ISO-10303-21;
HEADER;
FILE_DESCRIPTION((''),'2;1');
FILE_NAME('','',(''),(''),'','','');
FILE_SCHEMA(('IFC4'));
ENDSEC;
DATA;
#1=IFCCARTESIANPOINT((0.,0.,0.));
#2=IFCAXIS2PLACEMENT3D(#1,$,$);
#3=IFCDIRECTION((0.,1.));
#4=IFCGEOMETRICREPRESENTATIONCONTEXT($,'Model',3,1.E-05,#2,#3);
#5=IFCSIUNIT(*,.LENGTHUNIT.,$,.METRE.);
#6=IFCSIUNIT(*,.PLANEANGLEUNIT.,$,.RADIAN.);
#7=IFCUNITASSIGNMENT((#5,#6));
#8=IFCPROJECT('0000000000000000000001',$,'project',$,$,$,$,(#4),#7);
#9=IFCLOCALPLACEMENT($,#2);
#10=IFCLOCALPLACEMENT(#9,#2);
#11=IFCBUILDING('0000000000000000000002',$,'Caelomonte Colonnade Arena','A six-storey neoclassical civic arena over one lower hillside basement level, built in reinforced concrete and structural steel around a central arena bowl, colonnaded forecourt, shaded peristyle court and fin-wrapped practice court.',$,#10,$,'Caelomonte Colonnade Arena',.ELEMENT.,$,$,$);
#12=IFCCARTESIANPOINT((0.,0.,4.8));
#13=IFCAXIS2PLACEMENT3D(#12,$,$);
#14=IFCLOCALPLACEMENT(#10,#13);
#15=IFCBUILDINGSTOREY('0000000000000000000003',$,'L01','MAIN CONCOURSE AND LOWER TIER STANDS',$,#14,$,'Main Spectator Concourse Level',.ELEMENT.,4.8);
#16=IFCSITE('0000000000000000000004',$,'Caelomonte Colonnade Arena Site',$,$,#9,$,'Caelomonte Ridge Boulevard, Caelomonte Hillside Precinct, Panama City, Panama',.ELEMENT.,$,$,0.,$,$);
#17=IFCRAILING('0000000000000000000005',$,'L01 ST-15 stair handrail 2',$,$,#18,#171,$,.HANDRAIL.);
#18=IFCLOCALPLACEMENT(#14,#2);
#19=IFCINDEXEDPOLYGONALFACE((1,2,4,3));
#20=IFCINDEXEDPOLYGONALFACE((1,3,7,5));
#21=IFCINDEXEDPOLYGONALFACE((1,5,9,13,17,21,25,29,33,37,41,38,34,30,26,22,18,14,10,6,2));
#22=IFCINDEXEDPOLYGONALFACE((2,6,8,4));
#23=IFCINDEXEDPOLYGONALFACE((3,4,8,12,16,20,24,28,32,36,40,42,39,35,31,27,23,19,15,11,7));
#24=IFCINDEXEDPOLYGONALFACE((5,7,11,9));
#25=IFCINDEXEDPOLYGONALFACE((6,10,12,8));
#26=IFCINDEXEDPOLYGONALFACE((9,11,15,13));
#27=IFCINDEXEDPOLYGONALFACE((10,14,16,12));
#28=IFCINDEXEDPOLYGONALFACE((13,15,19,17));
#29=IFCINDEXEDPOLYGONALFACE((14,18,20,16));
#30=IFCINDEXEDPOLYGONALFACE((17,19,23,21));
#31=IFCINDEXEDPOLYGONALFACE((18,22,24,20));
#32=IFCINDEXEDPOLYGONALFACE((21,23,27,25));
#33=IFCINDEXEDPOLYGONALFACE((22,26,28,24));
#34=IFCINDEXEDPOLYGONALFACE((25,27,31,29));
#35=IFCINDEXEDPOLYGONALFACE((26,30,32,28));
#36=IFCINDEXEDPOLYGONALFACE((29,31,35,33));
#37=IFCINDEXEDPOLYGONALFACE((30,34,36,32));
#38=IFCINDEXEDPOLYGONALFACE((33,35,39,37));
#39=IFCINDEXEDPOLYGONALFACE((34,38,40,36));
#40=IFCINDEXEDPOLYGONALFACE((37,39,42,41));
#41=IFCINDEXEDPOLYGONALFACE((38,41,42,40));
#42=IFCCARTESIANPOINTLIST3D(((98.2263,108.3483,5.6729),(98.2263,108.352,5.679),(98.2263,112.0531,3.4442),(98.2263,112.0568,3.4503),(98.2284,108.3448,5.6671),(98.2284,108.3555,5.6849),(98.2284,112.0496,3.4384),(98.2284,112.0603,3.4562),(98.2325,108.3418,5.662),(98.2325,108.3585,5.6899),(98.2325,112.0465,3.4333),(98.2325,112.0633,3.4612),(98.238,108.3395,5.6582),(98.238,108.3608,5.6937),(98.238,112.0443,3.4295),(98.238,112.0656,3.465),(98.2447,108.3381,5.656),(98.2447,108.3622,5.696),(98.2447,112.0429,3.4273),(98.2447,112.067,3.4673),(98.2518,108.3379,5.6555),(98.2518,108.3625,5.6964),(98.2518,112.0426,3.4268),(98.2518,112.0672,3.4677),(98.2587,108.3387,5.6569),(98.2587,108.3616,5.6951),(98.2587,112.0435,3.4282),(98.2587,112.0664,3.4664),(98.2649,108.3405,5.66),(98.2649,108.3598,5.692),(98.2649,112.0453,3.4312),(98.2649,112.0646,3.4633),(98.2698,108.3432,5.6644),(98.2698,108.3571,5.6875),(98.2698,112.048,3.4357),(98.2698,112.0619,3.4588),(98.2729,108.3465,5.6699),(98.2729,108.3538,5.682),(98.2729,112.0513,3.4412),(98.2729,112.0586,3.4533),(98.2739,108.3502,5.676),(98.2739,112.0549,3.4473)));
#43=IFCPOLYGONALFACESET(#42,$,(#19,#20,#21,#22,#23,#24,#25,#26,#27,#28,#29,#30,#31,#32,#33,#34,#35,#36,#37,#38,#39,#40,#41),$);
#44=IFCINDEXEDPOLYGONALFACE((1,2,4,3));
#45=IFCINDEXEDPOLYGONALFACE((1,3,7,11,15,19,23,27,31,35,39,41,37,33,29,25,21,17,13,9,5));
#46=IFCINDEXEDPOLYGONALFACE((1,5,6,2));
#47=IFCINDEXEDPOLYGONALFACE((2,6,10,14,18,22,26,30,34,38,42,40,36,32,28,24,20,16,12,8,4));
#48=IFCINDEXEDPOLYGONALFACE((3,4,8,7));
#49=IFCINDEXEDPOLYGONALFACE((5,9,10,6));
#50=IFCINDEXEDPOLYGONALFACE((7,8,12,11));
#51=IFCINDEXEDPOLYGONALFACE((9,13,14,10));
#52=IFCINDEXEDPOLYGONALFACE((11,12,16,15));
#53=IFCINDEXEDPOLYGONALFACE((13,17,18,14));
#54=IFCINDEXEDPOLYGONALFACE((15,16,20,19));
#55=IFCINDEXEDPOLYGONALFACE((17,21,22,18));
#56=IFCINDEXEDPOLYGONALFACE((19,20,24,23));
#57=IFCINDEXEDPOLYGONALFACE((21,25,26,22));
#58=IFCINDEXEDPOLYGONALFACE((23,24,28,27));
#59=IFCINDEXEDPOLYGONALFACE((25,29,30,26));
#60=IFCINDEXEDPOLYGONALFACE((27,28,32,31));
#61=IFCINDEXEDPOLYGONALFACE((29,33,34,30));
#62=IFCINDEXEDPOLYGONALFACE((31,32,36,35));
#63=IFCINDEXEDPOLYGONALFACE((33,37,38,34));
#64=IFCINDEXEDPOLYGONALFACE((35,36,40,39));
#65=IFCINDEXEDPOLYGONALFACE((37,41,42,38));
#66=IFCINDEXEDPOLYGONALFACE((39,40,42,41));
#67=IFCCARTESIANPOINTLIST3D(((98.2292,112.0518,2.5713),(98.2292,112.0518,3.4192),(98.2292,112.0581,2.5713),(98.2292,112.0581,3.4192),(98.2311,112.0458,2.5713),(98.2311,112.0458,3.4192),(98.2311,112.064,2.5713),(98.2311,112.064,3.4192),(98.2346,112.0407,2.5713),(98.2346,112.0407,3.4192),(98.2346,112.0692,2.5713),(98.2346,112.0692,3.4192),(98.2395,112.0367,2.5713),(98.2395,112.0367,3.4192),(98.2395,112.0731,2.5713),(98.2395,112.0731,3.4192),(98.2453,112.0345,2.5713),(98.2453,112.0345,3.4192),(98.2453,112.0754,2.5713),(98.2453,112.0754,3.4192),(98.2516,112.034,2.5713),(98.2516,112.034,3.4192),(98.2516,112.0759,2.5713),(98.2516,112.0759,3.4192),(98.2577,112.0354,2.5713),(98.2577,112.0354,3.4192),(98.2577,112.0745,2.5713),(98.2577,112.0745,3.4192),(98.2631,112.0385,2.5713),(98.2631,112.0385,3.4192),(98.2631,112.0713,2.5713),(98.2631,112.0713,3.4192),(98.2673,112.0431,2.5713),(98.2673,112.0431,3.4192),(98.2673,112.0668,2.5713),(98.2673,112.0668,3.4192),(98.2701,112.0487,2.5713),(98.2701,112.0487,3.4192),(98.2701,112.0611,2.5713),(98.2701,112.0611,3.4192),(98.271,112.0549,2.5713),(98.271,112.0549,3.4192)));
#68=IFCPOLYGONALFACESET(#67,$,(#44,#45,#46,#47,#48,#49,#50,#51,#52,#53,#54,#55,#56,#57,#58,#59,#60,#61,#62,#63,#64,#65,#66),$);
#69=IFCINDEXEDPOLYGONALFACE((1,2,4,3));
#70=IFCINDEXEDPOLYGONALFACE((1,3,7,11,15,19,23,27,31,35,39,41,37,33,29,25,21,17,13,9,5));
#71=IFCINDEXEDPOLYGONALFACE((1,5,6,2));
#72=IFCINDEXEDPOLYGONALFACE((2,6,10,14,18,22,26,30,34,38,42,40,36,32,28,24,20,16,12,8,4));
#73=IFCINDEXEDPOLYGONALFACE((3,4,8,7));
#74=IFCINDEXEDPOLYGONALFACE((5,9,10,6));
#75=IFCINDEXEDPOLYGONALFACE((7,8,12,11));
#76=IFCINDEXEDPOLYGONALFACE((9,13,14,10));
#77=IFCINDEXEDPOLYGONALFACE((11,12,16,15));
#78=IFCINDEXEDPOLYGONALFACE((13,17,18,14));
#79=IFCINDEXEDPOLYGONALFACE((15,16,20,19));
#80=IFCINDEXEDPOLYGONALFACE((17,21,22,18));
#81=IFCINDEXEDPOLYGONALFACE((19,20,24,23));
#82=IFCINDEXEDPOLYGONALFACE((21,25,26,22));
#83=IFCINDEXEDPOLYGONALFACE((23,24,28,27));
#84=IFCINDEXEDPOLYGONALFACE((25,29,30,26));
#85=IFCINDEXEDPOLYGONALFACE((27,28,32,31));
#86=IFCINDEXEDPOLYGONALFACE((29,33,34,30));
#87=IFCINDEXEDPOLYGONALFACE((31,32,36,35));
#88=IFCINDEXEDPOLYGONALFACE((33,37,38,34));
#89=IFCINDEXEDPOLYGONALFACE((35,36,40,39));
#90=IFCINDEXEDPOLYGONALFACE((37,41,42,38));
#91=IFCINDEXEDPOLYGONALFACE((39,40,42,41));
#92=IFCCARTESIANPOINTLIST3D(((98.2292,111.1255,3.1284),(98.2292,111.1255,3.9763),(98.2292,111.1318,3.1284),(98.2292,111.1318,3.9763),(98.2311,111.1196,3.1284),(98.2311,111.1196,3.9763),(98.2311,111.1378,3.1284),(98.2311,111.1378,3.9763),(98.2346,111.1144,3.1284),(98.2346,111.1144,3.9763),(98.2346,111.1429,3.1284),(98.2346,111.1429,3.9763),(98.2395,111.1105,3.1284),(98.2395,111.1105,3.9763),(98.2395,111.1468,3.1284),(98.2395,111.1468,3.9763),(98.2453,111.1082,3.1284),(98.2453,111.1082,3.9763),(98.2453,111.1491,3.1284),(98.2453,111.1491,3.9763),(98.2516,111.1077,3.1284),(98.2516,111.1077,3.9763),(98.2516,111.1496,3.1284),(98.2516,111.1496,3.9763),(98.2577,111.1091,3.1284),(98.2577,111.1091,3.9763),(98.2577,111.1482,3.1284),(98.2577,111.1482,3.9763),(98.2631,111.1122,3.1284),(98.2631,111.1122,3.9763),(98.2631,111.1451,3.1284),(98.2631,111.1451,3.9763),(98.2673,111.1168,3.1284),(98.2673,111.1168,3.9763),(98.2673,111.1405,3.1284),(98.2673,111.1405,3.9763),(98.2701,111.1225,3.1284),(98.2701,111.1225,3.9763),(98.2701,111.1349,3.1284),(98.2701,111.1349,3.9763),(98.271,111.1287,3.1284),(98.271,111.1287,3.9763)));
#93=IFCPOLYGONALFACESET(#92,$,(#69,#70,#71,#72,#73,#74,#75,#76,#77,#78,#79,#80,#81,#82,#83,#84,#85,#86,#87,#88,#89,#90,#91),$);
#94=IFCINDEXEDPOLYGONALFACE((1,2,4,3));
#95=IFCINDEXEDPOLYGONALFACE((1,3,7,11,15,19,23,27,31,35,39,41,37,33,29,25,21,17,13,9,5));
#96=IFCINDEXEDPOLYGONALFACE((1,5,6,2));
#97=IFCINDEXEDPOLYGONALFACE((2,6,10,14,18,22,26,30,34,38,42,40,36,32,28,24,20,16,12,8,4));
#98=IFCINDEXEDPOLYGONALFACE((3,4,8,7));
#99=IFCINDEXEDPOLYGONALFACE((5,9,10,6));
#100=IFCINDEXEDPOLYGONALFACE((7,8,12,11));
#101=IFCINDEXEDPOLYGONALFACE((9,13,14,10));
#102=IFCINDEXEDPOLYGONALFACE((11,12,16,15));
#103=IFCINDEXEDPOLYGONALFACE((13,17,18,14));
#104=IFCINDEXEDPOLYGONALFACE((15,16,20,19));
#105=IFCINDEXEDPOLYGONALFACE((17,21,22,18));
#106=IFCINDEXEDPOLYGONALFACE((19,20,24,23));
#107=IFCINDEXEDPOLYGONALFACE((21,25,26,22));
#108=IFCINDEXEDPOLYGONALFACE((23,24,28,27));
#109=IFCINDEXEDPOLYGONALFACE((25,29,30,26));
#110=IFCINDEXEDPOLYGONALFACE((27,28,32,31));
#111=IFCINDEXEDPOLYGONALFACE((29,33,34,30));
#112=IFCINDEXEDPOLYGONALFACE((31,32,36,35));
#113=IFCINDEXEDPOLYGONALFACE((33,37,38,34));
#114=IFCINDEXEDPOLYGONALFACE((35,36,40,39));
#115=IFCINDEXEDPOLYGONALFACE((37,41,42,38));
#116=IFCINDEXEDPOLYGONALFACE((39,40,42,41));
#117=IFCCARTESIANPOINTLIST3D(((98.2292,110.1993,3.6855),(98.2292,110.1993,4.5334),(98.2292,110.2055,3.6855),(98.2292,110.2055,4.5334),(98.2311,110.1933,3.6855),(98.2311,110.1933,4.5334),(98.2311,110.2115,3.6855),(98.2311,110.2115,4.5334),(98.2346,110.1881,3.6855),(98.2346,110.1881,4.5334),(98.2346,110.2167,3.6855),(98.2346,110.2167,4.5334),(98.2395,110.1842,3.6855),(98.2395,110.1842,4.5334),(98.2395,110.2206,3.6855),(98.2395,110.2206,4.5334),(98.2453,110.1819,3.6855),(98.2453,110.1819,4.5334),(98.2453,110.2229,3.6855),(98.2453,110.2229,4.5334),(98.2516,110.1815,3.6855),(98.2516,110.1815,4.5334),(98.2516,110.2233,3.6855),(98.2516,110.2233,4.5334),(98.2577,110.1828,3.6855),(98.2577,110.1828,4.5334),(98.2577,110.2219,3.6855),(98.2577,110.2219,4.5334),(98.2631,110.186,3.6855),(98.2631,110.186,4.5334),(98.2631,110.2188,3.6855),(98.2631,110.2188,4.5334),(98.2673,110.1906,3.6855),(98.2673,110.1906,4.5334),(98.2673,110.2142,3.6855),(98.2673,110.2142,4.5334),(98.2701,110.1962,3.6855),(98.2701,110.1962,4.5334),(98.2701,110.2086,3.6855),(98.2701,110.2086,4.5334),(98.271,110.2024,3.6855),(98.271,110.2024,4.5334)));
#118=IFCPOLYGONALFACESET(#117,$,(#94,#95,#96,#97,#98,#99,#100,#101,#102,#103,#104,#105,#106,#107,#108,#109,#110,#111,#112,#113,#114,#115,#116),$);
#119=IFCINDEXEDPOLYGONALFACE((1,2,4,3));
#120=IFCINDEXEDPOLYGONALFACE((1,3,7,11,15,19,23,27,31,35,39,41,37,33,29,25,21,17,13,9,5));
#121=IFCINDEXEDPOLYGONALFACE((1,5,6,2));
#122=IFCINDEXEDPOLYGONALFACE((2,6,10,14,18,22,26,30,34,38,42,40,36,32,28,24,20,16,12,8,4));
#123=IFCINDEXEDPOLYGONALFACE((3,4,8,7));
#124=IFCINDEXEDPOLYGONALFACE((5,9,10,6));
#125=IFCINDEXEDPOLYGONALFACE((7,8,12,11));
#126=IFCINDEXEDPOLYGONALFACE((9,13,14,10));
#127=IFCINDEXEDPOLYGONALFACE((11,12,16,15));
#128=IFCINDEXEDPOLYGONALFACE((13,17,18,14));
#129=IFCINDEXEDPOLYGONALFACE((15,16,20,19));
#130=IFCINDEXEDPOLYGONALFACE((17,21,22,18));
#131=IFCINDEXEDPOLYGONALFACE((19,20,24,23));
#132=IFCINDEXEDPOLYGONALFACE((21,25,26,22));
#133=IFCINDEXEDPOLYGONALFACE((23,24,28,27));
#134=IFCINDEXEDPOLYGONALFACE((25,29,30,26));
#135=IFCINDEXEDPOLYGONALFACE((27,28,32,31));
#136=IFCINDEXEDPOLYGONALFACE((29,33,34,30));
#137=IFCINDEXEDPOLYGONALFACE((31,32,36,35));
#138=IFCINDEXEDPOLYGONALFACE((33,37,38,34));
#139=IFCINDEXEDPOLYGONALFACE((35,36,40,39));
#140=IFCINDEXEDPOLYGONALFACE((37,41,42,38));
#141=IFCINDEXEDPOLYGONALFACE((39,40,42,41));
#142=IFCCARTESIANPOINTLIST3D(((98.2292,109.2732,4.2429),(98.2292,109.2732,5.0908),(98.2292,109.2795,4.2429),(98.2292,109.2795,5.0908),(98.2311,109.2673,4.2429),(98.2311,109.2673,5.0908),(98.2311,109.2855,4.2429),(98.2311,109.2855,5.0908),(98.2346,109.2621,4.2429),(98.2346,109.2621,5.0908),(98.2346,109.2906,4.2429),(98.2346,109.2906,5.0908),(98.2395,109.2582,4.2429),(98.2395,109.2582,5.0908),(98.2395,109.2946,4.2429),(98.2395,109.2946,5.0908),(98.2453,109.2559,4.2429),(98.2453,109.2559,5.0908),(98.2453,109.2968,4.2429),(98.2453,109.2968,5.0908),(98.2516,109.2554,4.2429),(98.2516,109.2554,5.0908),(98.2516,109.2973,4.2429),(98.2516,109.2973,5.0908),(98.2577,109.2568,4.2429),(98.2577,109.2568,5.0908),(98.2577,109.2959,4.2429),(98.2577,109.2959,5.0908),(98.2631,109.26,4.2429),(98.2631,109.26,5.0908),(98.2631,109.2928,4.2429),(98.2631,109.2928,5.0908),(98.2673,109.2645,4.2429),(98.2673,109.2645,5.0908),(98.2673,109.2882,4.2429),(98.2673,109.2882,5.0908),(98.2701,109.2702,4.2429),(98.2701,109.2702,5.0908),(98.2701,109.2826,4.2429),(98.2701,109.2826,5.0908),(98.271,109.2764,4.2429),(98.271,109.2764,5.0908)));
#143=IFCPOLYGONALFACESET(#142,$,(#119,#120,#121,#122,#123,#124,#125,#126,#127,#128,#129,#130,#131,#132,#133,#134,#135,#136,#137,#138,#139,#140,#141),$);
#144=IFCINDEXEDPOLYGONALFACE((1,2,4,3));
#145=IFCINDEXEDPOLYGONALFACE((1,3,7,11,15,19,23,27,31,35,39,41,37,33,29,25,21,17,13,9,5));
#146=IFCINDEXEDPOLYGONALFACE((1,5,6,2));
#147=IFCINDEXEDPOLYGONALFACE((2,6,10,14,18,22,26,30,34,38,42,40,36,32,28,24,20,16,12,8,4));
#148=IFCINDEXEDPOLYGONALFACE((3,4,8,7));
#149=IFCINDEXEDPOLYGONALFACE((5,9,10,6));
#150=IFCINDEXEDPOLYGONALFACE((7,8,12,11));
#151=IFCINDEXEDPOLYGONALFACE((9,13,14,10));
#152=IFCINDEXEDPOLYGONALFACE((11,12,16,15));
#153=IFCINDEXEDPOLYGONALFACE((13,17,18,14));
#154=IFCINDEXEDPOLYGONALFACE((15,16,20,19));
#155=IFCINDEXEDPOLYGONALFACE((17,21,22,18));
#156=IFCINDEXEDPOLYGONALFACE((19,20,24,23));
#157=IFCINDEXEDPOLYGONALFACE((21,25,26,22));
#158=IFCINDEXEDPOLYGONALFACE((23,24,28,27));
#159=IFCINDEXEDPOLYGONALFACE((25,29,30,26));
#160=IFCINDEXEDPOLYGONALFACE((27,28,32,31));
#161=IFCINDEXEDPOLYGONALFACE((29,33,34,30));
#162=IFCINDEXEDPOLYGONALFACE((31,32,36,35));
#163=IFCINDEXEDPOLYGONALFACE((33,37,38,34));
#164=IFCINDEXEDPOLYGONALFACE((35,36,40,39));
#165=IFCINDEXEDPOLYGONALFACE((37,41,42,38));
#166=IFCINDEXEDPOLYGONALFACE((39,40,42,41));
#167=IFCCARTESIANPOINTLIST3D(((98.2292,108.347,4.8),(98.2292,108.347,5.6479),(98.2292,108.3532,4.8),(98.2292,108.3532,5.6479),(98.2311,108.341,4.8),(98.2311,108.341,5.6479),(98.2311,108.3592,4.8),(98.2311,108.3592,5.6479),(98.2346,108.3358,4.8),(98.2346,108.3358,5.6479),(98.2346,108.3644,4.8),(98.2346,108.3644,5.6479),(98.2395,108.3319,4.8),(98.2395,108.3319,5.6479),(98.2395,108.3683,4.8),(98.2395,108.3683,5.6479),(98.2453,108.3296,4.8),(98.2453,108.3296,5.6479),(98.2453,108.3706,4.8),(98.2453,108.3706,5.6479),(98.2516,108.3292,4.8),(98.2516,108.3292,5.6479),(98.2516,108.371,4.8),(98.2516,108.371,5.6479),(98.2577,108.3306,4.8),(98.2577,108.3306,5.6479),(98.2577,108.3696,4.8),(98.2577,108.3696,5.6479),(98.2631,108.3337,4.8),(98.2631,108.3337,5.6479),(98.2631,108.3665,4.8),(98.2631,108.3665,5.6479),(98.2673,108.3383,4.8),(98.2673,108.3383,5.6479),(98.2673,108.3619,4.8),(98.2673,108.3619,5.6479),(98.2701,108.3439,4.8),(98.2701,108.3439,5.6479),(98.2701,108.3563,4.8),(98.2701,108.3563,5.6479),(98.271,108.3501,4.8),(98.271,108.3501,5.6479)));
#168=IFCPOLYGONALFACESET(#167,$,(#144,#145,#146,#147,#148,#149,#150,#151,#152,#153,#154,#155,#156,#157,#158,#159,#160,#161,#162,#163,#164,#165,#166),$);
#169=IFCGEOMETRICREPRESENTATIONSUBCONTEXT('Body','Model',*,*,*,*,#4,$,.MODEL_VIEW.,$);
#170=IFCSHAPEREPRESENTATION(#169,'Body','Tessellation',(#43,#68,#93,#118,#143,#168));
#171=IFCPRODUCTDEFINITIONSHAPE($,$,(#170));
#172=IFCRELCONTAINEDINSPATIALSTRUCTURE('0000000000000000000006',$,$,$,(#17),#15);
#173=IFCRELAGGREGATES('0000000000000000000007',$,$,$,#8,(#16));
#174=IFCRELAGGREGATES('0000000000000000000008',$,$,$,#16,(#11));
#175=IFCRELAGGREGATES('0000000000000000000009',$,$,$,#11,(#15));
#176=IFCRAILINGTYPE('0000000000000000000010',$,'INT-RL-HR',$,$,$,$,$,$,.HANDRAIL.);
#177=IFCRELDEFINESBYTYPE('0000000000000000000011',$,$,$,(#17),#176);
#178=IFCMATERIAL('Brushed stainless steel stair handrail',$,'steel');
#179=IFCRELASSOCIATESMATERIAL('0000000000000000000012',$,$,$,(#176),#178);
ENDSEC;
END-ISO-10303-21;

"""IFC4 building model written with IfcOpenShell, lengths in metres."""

from ifc_helpers import new_model, si_unit, direction, frame, origin, origin_2d, place, context, subcontext, project, spatial, circle, extrude, material, type_object, element, save


model = new_model("IFC4")

# Units and contexts
model_context = context("Model", 3, precision=1e-05, world=origin(), true_north=direction((0.0, 1.0)))
body_context = subcontext(model_context, "Body", "Model", "MODEL_VIEW")
ifc_project = project(units=[si_unit("LENGTHUNIT", "METRE"), si_unit("PLANEANGLEUNIT", "RADIAN")], contexts=[model_context])

# Site, building, storey
site_placement = place(None, origin())
site = spatial("IfcSite", under=ifc_project, at=site_placement, Name="Caelomonte Colonnade Arena Site", LongName="Caelomonte Ridge Boulevard, Caelomonte Hillside Precinct, Panama City, Panama", CompositionType="ELEMENT", RefElevation=0.0)
building_placement = place(site_placement, origin())
building = spatial("IfcBuilding", under=site, at=building_placement, Name="Caelomonte Colonnade Arena", Description="A six-storey neoclassical civic arena over one lower hillside basement level, built in reinforced concrete and structural steel around a central arena bowl, colonnaded forecourt, shaded peristyle court and fin-wrapped practice court.", LongName="Caelomonte Colonnade Arena", CompositionType="ELEMENT")
storey_placement = place(building_placement, frame((0.0, 0.0, 4.8)))
storey = spatial("IfcBuildingStorey", under=building, at=storey_placement, Name="L01", Description="MAIN CONCOURSE AND LOWER TIER STANDS", LongName="Main Spectator Concourse Level", CompositionType="ELEMENT", Elevation=4.8)

# Railing
ifc_material_1 = material(Name="Brushed stainless steel stair handrail", Category="steel")
railing_type_1 = type_object("IfcRailingType", Name="INT-RL-HR", PredefinedType="HANDRAIL", material=ifc_material_1)
railing_1_placement = place(storey_placement, frame((98.25, 112.0549, 2.5713)))
element("IfcRailing", 1, at=railing_1_placement, inside=storey, type_object=railing_type_1, Name="L01 ST-15 stair handrail 2", PredefinedType="HANDRAIL", context=body_context, shape_type="SweptSolid", body=[
    extrude(circle(Radius=0.0239, at=origin_2d()), frame((0.0, 0.0, 0.876), z_axis=(0.0, -0.856894, 0.515492), x_axis=(1.0, 0.0, 0.0)), (0.0, 0.0, 1.0), 4.3235),
    extrude(circle(Radius=0.021, at=origin_2d()), origin(), (0.0, 0.0, 1.0), 0.8479),
    extrude(circle(Radius=0.021, at=origin_2d()), frame((0.0, -0.9263, 0.5571)), (0.0, 0.0, 1.0), 0.8479),
    extrude(circle(Radius=0.021, at=origin_2d()), frame((0.0, -1.8525, 1.1143)), (0.0, 0.0, 1.0), 0.8479),
    extrude(circle(Radius=0.021, at=origin_2d()), frame((0.0, -2.7786, 1.6716)), (0.0, 0.0, 1.0), 0.8479),
    extrude(circle(Radius=0.021, at=origin_2d()), frame((0.0, -3.7048, 2.2288)), (0.0, 0.0, 1.0), 0.8479),
])

save(model, "model.ifc")
